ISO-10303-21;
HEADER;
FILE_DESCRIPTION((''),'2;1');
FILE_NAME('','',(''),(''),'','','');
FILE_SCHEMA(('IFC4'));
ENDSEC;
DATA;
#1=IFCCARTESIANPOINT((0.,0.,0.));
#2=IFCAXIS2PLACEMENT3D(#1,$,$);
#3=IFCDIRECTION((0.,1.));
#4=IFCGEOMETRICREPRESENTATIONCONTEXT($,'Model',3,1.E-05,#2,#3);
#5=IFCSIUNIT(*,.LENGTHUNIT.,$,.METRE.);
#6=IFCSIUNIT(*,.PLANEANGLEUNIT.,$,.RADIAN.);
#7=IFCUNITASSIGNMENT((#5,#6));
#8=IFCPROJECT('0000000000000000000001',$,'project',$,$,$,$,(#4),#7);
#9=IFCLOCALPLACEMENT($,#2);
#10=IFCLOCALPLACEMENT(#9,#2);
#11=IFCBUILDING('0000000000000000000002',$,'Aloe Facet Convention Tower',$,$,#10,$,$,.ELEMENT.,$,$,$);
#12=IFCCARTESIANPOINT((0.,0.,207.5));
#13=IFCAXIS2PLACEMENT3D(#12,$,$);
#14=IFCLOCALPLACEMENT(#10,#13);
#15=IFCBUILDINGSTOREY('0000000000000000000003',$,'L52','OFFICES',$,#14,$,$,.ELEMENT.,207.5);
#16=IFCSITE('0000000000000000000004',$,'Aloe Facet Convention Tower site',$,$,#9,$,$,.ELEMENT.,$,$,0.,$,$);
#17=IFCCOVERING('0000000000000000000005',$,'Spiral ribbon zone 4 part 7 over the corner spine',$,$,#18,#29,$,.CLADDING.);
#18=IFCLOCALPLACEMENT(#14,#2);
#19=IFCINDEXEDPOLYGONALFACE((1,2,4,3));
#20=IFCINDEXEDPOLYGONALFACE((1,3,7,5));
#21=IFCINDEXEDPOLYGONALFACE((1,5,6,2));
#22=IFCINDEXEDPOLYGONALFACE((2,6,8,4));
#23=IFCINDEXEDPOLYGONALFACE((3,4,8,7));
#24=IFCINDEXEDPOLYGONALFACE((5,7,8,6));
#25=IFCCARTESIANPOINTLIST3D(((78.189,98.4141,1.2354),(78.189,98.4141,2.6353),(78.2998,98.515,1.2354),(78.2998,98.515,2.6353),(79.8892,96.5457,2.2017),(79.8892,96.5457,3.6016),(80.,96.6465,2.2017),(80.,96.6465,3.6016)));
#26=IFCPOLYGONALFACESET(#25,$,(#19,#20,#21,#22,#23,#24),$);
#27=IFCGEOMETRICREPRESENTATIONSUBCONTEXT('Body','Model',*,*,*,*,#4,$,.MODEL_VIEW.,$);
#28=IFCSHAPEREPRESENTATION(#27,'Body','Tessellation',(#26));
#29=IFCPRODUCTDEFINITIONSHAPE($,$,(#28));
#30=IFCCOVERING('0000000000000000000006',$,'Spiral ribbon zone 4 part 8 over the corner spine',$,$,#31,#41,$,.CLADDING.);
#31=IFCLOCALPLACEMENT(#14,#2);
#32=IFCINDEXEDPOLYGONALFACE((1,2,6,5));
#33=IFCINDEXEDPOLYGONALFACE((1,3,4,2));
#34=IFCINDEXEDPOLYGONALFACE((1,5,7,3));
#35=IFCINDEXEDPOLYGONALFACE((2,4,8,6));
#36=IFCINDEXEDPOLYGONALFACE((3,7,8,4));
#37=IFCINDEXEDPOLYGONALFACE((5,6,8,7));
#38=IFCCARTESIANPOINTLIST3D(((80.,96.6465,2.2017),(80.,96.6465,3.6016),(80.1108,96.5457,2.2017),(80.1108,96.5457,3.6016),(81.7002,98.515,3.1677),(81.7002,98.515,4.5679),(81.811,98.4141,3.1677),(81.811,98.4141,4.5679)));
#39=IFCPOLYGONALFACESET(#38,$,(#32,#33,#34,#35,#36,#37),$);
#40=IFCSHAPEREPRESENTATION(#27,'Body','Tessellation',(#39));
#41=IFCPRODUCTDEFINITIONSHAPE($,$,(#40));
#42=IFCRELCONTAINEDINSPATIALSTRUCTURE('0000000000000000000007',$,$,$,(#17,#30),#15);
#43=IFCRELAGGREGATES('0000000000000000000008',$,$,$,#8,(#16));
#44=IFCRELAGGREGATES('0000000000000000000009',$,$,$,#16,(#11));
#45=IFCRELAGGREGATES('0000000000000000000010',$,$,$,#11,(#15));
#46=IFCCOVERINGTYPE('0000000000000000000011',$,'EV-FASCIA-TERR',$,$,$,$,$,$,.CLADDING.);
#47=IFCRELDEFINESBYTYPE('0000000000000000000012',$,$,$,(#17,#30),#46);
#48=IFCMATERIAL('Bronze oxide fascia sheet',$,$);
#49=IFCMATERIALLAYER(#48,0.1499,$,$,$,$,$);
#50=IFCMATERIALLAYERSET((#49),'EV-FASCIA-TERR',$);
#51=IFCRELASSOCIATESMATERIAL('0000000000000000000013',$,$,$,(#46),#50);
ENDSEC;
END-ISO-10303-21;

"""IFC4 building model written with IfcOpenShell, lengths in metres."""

from ifc_helpers import new_model, si_unit, direction, frame, origin, place, context, subcontext, project, spatial, polyline, outline, extrude, material, layer, layer_set, type_object, element, save


model = new_model("IFC4")

# Units and contexts
model_context = context("Model", 3, precision=1e-05, world=origin(), true_north=direction((0.0, 1.0)))
body_context = subcontext(model_context, "Body", "Model", "MODEL_VIEW")
ifc_project = project(units=[si_unit("LENGTHUNIT", "METRE"), si_unit("PLANEANGLEUNIT", "RADIAN")], contexts=[model_context])

# Site, building, storey
site_placement = place(None, origin())
site = spatial("IfcSite", under=ifc_project, at=site_placement, Name="Aloe Facet Convention Tower site", CompositionType="ELEMENT", RefElevation=0.0)
building_placement = place(site_placement, origin())
building = spatial("IfcBuilding", under=site, at=building_placement, Name="Aloe Facet Convention Tower", CompositionType="ELEMENT")
storey_placement = place(building_placement, frame((0.0, 0.0, 207.5)))
storey = spatial("IfcBuildingStorey", under=building, at=storey_placement, Name="L52", Description="OFFICES", CompositionType="ELEMENT", Elevation=207.5)

# Coverings
ifc_material_1 = material(Name="Bronze oxide fascia sheet")
ifc_layer_1 = layer(ifc_material_1, 0.1499)
ifc_layer_set_1 = layer_set([ifc_layer_1], Name="EV-FASCIA-TERR")
covering_type = type_object("IfcCoveringType", Name="EV-FASCIA-TERR", PredefinedType="CLADDING", material=ifc_layer_set_1)
covering_1_placement = place(storey_placement, frame((78.189, 98.4141, 1.2354), z_axis=(-0.739616, -0.673029, 0.0), x_axis=(0.628609, -0.690802, 0.357271)))
element("IfcCovering", 1, at=covering_1_placement, inside=storey, type_object=covering_type, Name="Spiral ribbon zone 4 part 7 over the corner spine", PredefinedType="CLADDING", context=body_context, shape_type="SweptSolid", body=[
    extrude(outline(polyline([(0.0, 0.0), (2.7047, 0.0), (3.2048, 1.3075), (0.5001, 1.3075), (0.0, 0.0)])), origin(), (0.0, 0.0, -1.0), 0.1499),
])
covering_2_placement = place(storey_placement, frame((80.1108, 96.5457, 2.2017), z_axis=(0.739616, -0.673029, 0.0), x_axis=(0.62863, 0.690825, 0.357192)))
element("IfcCovering", 2, at=covering_2_placement, inside=storey, type_object=covering_type, Name="Spiral ribbon zone 4 part 8 over the corner spine", PredefinedType="CLADDING", context=body_context, shape_type="SweptSolid", body=[
    extrude(outline(polyline([(0.0, 0.0), (2.7046, 0.0), (3.2047, 1.3078), (0.5, 1.3076), (0.0, 0.0)])), origin(), (0.0, 0.0, -1.0), 0.1499),
])

save(model, "model.ifc")
